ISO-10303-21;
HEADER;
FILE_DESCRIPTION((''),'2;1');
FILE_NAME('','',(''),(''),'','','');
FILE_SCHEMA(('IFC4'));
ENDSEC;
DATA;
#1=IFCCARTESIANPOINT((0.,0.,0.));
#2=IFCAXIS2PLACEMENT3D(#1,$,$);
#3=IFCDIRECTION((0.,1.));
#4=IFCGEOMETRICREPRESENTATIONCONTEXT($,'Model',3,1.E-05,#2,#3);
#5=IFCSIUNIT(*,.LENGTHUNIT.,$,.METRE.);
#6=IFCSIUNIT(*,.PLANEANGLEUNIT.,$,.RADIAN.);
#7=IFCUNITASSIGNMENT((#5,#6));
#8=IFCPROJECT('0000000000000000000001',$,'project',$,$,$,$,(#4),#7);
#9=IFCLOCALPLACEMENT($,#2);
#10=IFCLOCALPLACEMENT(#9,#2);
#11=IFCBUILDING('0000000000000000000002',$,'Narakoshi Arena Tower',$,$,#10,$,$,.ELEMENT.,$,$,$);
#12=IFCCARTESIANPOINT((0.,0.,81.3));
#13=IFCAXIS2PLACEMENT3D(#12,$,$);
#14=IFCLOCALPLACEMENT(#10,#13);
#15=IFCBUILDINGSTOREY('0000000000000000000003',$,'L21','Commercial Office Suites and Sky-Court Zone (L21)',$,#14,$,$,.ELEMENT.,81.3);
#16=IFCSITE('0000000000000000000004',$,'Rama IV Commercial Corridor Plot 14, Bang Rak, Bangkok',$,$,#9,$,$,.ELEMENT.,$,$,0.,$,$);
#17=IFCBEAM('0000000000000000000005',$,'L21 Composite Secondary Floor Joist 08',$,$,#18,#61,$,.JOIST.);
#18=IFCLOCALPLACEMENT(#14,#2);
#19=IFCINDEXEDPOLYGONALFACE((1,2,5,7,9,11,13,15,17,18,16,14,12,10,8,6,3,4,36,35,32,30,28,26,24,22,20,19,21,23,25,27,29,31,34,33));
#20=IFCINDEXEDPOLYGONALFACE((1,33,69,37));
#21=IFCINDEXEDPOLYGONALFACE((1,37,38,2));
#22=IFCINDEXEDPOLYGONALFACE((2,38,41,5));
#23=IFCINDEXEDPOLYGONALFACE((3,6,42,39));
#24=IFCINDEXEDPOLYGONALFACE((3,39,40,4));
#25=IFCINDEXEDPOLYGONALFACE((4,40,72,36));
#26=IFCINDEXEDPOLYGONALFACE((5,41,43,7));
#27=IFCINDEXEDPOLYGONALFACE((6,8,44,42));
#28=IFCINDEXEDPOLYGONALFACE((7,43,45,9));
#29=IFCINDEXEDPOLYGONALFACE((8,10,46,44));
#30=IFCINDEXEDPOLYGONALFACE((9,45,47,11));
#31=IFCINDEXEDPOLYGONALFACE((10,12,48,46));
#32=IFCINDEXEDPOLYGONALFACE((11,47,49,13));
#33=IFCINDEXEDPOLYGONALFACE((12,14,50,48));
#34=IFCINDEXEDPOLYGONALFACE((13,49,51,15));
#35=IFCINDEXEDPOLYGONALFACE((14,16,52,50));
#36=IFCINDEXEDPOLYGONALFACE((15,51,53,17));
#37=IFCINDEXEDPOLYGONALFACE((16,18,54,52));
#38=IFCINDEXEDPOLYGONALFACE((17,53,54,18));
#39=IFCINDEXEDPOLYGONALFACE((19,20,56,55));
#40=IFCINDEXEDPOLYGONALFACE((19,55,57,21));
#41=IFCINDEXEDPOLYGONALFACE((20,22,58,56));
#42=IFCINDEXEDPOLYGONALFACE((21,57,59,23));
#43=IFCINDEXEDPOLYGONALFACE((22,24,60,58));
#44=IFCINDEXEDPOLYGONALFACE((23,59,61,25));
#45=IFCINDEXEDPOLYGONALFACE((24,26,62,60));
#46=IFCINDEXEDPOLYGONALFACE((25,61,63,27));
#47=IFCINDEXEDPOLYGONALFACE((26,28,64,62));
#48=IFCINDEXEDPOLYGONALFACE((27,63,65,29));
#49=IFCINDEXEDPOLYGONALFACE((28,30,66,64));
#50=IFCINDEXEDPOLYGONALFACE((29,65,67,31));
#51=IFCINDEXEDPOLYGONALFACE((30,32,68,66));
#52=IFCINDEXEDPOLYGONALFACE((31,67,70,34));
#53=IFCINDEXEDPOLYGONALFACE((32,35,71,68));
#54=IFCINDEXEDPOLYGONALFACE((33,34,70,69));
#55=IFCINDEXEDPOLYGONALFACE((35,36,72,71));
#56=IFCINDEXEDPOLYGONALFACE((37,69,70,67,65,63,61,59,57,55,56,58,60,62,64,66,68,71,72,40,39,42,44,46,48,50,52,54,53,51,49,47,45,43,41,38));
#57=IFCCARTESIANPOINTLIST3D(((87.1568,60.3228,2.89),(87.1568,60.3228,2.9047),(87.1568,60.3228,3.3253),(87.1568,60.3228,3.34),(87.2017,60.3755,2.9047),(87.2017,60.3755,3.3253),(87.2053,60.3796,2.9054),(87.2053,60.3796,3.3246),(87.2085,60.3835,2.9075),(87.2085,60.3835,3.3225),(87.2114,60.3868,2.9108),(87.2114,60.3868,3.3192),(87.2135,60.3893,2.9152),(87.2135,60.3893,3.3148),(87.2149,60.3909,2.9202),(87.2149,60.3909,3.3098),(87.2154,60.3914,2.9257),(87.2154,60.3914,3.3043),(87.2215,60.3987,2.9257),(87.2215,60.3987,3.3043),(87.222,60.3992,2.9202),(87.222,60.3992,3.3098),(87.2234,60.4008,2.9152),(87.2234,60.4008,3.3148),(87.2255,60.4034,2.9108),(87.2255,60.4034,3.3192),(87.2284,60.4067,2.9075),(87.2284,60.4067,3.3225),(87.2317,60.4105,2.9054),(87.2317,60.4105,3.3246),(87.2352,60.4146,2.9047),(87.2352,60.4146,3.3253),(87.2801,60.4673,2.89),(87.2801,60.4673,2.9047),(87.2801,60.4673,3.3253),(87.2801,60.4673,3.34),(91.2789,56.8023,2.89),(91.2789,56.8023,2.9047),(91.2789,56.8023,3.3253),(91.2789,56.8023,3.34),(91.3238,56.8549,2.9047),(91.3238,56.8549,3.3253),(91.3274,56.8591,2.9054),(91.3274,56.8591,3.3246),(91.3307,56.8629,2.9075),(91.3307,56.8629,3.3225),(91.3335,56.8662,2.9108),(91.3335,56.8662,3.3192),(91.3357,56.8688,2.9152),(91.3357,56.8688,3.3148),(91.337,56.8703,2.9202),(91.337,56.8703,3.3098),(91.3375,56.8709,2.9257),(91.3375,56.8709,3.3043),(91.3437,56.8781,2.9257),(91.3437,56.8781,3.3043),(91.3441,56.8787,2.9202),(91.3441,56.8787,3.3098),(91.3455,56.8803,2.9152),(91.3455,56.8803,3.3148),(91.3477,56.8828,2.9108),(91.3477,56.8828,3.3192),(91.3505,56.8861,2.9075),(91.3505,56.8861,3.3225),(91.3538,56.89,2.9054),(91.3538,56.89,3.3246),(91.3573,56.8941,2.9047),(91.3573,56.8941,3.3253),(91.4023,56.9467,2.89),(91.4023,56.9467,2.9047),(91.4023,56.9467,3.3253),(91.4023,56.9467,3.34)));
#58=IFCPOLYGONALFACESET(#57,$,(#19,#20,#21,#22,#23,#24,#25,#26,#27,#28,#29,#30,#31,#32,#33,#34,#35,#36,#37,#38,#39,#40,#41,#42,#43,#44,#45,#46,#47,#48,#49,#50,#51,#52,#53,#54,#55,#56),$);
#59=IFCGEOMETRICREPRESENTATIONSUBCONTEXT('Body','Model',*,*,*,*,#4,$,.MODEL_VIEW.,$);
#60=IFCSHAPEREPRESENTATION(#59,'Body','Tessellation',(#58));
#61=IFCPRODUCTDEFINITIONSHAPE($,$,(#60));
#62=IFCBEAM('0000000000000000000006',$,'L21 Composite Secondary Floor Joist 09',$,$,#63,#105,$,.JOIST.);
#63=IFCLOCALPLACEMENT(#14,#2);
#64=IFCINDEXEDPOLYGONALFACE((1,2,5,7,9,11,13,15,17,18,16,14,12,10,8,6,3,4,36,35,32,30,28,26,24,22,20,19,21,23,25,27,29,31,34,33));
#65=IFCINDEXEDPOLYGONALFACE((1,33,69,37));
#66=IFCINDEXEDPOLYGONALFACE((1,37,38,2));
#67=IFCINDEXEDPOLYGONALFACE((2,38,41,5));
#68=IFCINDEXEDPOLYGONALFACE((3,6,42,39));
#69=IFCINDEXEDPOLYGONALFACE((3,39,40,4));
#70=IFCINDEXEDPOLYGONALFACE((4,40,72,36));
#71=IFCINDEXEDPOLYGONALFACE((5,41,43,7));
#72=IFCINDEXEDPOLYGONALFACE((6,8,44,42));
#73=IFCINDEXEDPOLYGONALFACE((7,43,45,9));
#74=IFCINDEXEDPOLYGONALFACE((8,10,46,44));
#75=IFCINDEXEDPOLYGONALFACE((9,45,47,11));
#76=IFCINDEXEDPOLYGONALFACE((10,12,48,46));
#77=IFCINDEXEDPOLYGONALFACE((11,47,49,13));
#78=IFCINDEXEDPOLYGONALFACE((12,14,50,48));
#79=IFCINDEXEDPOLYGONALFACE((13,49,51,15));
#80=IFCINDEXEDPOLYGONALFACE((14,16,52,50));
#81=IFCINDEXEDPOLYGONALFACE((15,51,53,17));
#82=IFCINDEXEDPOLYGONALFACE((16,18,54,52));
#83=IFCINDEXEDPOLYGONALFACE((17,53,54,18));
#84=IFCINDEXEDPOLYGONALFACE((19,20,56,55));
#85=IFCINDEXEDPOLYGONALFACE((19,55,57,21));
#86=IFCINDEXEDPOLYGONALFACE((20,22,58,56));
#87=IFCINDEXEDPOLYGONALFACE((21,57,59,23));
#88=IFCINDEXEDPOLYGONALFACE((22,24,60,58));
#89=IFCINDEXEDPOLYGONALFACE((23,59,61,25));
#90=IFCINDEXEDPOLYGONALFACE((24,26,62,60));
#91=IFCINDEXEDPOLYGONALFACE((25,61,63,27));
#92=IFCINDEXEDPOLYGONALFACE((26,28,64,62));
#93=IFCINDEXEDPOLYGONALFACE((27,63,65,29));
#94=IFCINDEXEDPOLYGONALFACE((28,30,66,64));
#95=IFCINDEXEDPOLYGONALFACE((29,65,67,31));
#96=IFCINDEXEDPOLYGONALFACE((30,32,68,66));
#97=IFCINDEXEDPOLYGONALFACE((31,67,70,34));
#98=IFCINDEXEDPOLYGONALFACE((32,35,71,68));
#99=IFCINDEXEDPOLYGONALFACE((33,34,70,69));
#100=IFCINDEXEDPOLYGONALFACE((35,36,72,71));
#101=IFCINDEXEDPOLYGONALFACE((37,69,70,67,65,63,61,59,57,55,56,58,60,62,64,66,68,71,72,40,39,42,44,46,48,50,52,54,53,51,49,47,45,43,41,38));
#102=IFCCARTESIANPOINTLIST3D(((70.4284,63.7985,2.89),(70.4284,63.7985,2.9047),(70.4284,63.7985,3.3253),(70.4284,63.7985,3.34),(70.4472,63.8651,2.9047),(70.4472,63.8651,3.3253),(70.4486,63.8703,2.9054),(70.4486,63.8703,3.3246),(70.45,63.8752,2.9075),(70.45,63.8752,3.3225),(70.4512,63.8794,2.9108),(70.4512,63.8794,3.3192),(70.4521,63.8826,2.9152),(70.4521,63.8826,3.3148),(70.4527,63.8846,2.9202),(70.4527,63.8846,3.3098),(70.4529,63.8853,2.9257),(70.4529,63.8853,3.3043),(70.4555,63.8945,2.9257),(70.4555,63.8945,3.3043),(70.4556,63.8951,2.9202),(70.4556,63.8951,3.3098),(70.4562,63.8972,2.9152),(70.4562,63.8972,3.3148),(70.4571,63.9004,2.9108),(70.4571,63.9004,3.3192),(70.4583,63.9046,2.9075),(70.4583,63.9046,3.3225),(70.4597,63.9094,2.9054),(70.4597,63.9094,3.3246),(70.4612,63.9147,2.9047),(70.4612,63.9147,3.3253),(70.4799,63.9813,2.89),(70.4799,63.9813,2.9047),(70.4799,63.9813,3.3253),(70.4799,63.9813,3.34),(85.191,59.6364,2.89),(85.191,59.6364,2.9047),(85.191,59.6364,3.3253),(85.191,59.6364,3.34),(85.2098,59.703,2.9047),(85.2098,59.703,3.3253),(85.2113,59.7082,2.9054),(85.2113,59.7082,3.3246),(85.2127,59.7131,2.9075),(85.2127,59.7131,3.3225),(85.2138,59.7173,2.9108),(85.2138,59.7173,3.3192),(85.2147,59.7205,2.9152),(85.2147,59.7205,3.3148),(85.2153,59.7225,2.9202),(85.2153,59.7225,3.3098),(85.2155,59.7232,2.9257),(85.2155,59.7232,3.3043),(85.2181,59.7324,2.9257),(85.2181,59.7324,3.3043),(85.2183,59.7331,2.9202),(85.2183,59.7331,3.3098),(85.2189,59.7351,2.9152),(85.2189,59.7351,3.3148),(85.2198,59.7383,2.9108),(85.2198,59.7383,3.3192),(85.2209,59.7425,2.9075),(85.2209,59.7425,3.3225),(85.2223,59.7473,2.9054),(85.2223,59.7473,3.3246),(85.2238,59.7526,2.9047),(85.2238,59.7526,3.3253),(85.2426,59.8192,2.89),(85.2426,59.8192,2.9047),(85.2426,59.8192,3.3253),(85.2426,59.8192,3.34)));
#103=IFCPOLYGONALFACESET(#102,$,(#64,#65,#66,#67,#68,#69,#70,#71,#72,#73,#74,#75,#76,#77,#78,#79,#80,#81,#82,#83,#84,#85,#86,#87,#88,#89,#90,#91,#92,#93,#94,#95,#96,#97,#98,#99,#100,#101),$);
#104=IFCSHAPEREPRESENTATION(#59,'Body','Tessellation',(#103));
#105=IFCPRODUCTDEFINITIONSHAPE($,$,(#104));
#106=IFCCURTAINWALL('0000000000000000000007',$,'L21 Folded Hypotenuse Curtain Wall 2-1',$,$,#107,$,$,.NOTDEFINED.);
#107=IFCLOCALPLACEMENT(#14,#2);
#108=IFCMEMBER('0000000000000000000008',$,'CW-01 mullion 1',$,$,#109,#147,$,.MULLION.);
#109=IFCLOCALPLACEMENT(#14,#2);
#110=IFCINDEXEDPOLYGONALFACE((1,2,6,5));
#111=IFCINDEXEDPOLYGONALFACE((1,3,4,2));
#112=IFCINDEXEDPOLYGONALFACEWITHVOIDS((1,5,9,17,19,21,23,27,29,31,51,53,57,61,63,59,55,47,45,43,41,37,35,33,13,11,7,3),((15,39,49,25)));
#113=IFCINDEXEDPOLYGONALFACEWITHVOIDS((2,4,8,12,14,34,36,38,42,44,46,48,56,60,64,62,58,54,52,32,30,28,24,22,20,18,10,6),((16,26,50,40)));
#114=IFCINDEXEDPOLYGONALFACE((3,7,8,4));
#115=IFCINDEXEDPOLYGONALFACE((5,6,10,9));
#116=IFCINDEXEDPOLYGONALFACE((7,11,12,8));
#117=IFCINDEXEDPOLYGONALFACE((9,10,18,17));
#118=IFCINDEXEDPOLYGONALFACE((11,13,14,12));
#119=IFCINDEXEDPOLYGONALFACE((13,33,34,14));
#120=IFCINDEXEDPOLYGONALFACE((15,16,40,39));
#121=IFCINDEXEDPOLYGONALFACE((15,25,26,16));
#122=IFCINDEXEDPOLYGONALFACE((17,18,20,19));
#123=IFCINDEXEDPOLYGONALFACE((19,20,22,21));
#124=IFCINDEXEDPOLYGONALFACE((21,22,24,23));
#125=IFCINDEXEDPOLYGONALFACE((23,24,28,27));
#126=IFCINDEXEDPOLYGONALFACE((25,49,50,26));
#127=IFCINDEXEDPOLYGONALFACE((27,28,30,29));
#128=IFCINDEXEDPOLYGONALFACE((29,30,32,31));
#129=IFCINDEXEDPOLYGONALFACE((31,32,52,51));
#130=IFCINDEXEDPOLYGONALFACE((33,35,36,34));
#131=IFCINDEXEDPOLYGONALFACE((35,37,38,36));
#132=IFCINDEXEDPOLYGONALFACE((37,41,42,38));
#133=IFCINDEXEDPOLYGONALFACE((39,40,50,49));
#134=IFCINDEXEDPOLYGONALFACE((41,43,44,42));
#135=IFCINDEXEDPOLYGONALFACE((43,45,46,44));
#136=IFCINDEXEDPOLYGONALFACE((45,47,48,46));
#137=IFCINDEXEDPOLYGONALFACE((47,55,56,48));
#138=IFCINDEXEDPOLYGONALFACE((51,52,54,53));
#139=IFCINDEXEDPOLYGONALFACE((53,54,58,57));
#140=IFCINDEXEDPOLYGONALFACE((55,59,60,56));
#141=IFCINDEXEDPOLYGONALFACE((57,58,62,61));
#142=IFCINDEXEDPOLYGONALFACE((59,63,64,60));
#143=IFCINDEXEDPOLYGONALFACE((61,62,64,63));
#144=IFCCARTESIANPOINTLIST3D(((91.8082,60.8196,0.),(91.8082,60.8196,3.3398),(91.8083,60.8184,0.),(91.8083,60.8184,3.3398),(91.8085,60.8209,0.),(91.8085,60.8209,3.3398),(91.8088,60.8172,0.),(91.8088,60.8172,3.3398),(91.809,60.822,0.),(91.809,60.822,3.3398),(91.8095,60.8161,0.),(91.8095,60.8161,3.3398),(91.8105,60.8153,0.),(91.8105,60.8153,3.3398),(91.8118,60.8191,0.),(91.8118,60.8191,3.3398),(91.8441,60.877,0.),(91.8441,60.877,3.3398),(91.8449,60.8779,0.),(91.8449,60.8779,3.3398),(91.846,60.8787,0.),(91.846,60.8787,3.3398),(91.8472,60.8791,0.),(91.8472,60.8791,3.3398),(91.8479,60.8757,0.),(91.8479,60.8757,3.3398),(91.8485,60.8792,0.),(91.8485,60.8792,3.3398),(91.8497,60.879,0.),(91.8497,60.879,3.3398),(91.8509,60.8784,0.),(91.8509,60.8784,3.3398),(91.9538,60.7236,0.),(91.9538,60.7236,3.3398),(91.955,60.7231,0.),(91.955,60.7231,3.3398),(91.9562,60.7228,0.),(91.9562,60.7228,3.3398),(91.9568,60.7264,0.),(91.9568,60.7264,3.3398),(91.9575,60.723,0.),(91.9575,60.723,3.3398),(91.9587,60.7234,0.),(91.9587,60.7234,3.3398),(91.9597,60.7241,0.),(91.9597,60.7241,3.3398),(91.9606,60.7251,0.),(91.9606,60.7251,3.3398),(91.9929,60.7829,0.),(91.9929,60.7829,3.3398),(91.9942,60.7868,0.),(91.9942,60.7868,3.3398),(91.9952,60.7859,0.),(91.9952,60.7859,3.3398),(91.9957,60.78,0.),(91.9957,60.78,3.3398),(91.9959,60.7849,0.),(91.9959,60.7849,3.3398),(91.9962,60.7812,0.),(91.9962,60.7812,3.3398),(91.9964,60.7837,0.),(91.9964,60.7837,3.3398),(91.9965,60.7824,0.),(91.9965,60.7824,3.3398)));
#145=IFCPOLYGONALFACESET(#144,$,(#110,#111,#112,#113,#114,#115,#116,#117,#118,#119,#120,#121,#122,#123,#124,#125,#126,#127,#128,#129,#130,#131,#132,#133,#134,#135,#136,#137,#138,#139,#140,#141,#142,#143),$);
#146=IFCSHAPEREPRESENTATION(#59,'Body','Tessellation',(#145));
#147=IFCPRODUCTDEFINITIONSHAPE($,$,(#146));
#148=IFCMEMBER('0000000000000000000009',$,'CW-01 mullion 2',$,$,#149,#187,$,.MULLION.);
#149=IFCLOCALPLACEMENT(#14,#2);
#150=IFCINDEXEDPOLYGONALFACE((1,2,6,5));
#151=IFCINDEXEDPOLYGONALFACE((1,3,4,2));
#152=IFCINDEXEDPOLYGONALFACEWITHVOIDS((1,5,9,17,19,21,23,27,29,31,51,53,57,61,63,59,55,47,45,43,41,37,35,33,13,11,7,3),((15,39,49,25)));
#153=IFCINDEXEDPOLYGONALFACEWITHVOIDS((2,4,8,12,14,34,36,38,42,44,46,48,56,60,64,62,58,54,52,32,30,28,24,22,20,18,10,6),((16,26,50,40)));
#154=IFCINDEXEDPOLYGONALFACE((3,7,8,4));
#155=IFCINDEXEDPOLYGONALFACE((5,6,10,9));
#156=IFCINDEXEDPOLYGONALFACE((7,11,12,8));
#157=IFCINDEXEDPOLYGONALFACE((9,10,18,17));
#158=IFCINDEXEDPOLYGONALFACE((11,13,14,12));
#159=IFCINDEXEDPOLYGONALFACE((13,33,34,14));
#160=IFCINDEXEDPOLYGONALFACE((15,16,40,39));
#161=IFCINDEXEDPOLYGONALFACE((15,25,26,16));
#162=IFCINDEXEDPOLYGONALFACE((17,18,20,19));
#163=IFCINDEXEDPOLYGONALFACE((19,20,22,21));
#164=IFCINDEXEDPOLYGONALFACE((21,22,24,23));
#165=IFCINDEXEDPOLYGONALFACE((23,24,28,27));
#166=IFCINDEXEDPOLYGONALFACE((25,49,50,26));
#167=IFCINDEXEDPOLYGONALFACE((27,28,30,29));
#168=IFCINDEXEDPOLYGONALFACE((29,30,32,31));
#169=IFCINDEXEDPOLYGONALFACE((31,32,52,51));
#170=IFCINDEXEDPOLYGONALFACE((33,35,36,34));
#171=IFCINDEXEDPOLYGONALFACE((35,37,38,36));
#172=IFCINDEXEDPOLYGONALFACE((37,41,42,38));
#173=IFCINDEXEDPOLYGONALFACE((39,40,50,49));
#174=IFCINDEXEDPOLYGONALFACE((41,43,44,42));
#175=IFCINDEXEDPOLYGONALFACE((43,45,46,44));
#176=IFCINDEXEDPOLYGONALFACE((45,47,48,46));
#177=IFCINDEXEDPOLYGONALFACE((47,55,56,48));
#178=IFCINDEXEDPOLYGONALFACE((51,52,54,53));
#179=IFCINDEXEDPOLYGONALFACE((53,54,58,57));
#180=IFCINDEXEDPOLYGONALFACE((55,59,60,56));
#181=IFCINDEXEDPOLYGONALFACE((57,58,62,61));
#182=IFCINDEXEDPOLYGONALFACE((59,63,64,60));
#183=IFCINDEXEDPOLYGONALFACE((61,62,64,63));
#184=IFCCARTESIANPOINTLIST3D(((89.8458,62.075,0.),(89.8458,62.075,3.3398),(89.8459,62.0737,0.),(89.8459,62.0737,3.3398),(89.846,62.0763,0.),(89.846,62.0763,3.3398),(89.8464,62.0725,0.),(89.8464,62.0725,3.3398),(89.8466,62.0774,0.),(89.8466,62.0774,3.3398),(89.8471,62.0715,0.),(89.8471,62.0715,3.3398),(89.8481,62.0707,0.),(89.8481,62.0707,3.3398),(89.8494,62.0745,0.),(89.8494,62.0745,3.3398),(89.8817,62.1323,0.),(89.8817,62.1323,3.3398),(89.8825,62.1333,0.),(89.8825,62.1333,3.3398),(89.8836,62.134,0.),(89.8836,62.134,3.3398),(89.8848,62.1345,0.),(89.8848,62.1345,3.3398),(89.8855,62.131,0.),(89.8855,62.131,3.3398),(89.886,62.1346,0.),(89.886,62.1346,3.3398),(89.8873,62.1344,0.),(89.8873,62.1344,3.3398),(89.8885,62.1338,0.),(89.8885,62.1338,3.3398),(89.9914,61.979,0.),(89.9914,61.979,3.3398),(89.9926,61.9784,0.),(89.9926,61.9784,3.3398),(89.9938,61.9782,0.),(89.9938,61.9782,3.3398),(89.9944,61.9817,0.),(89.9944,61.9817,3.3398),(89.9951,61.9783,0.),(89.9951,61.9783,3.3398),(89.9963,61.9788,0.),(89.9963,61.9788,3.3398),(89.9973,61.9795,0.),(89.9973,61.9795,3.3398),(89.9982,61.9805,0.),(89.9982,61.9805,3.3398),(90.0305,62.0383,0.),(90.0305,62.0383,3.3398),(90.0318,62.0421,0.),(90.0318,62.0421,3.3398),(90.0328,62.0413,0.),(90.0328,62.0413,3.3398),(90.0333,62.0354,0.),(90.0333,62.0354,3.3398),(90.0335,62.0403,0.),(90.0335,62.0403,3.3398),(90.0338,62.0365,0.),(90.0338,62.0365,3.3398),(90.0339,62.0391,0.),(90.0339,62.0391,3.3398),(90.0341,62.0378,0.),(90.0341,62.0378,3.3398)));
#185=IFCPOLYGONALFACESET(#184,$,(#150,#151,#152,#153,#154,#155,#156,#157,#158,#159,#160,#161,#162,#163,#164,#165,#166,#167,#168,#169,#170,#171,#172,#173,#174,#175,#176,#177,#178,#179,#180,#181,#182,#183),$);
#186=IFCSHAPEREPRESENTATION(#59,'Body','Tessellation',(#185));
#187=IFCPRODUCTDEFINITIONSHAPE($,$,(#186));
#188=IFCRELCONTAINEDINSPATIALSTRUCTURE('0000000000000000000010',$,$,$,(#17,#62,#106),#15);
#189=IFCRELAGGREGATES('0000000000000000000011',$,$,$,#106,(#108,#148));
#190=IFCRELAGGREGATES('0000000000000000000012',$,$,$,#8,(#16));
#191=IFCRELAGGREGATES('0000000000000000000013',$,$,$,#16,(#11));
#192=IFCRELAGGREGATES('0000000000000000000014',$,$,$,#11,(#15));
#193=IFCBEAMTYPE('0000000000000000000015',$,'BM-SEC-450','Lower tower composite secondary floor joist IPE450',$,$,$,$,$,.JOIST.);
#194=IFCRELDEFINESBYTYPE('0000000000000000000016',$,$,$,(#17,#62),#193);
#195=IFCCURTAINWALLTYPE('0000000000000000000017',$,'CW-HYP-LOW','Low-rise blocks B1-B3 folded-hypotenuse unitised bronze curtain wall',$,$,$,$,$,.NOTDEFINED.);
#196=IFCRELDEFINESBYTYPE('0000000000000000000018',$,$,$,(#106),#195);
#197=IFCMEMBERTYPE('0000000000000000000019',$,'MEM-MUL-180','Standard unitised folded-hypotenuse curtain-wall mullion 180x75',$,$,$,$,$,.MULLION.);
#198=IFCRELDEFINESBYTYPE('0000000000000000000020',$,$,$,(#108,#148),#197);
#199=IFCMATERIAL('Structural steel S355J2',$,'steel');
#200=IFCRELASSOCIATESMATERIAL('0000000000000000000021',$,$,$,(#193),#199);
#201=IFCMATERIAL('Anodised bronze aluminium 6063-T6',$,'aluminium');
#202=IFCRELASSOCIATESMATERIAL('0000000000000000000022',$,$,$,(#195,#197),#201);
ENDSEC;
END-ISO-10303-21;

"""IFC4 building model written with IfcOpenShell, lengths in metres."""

from ifc_helpers import new_model, si_unit, direction, frame, origin, origin_2d, place, context, subcontext, project, spatial, hollow_rectangle, i_section, extrude, material, material_profile, profile_set, type_object, element, aggregate, save


model = new_model("IFC4")

# Units and contexts
model_context = context("Model", 3, precision=1e-05, world=origin(), true_north=direction((0.0, 1.0)))
body_context = subcontext(model_context, "Body", "Model", "MODEL_VIEW")
ifc_project = project(units=[si_unit("LENGTHUNIT", "METRE"), si_unit("PLANEANGLEUNIT", "RADIAN")], contexts=[model_context])

# Site, building, storey
site_placement = place(None, origin())
site = spatial("IfcSite", under=ifc_project, at=site_placement, Name="Rama IV Commercial Corridor Plot 14, Bang Rak, Bangkok", CompositionType="ELEMENT", RefElevation=0.0)
building_placement = place(site_placement, origin())
building = spatial("IfcBuilding", under=site, at=building_placement, Name="Narakoshi Arena Tower", CompositionType="ELEMENT")
storey_placement = place(building_placement, frame((0.0, 0.0, 81.3)))
storey = spatial("IfcBuildingStorey", under=building, at=storey_placement, Name="L21", Description="Commercial Office Suites and Sky-Court Zone (L21)", CompositionType="ELEMENT", Elevation=81.3)

# Beams
ifc_material_1 = material(Name="Structural steel S355J2", Category="steel")
ifc_material_profile_1 = material_profile(ifc_material_1, i_section(OverallWidth=0.1899, OverallDepth=0.45, WebThickness=0.0095, FlangeThickness=0.0146, FilletRadius=0.021, at=origin_2d()), Name="IPE450")
ifc_profile_set_1 = profile_set([ifc_material_profile_1], Name="Structural steel S355J2")
beam_type_1 = type_object("IfcBeamType", Name="BM-SEC-450", Description="Lower tower composite secondary floor joist IPE450", PredefinedType="JOIST", material=ifc_profile_set_1)
beam_1_placement = place(storey_placement, frame((91.3406, 56.8745, 3.115), z_axis=(-0.760413, 0.64944, 0.0), x_axis=(-0.64944, -0.760413, 0.0)))
element("IfcBeam", 1, at=beam_1_placement, inside=storey, type_object=beam_type_1, Name="L21 Composite Secondary Floor Joist 08", PredefinedType="JOIST", context=body_context, shape_type="SweptSolid", body=[
    extrude(i_section(OverallWidth=0.1899, OverallDepth=0.45, WebThickness=0.0095, FlangeThickness=0.0146, FilletRadius=0.021, at=origin_2d()), origin(), (0.0, 0.0, 1.0), 5.4209),
])
beam_2_placement = place(storey_placement, frame((85.2168, 59.7278, 3.115), z_axis=(-0.962479, 0.271356, 0.0), x_axis=(-0.271356, -0.962479, 0.0)))
element("IfcBeam", 2, at=beam_2_placement, inside=storey, type_object=beam_type_1, Name="L21 Composite Secondary Floor Joist 09", PredefinedType="JOIST", context=body_context, shape_type="SweptSolid", body=[
    extrude(i_section(OverallWidth=0.1899, OverallDepth=0.45, WebThickness=0.0095, FlangeThickness=0.0146, FilletRadius=0.021, at=origin_2d()), origin(), (0.0, 0.0, 1.0), 15.3381),
])

# Curtain wall, members
ifc_material_2 = material(Name="Anodised bronze aluminium 6063-T6", Category="aluminium")
curtain_wall_type = type_object("IfcCurtainWallType", Name="CW-HYP-LOW", Description="Low-rise blocks B1-B3 folded-hypotenuse unitised bronze curtain wall", PredefinedType="NOTDEFINED", material=ifc_material_2)
curtain_wall_1_placement = place(storey_placement, origin())
curtain_wall_1 = element("IfcCurtainWall", 3, at=curtain_wall_1_placement, inside=storey, type_object=curtain_wall_type, Name="L21 Folded Hypotenuse Curtain Wall 2-1", PredefinedType="NOTDEFINED")
ifc_material_profile_2 = material_profile(ifc_material_2, hollow_rectangle(XDim=0.075, YDim=0.1799, WallThickness=0.0039, OuterFilletRadius=0.0049, at=origin_2d()), Name="MUL180x75x4")
ifc_profile_set_2 = profile_set([ifc_material_profile_2], Name="Anodised bronze aluminium 6063-T6")
member_type_1 = type_object("IfcMemberType", Name="MEM-MUL-180", Description="Standard unitised folded-hypotenuse curtain-wall mullion 180x75", PredefinedType="MULLION", material=ifc_profile_set_2)
member_1_placement = place(storey_placement, frame((91.9023, 60.801, 0.0), z_axis=(0.0, 0.0, 1.0), x_axis=(-0.538822, -0.842419, 0.0)))
member_1 = element("IfcMember", 4, at=member_1_placement, type_object=member_type_1, Name="CW-01 mullion 1", PredefinedType="MULLION", context=body_context, shape_type="SweptSolid", body=[
    extrude(hollow_rectangle(XDim=0.075, YDim=0.1799, WallThickness=0.0039, OuterFilletRadius=0.0049, at=origin_2d()), origin(), (0.0, 0.0, 1.0), 3.3398),
])
member_2_placement = place(storey_placement, frame((89.9399, 62.0564, 0.0), z_axis=(0.0, 0.0, 1.0), x_axis=(-0.538822, -0.842419, 0.0)))
member_2 = element("IfcMember", 5, at=member_2_placement, type_object=member_type_1, Name="CW-01 mullion 2", PredefinedType="MULLION", context=body_context, shape_type="SweptSolid", body=[
    extrude(hollow_rectangle(XDim=0.075, YDim=0.1799, WallThickness=0.0039, OuterFilletRadius=0.0049, at=origin_2d()), origin(), (0.0, 0.0, 1.0), 3.3398),
])

aggregate(curtain_wall_1, [member_1, member_2])

save(model, "model.ifc")
